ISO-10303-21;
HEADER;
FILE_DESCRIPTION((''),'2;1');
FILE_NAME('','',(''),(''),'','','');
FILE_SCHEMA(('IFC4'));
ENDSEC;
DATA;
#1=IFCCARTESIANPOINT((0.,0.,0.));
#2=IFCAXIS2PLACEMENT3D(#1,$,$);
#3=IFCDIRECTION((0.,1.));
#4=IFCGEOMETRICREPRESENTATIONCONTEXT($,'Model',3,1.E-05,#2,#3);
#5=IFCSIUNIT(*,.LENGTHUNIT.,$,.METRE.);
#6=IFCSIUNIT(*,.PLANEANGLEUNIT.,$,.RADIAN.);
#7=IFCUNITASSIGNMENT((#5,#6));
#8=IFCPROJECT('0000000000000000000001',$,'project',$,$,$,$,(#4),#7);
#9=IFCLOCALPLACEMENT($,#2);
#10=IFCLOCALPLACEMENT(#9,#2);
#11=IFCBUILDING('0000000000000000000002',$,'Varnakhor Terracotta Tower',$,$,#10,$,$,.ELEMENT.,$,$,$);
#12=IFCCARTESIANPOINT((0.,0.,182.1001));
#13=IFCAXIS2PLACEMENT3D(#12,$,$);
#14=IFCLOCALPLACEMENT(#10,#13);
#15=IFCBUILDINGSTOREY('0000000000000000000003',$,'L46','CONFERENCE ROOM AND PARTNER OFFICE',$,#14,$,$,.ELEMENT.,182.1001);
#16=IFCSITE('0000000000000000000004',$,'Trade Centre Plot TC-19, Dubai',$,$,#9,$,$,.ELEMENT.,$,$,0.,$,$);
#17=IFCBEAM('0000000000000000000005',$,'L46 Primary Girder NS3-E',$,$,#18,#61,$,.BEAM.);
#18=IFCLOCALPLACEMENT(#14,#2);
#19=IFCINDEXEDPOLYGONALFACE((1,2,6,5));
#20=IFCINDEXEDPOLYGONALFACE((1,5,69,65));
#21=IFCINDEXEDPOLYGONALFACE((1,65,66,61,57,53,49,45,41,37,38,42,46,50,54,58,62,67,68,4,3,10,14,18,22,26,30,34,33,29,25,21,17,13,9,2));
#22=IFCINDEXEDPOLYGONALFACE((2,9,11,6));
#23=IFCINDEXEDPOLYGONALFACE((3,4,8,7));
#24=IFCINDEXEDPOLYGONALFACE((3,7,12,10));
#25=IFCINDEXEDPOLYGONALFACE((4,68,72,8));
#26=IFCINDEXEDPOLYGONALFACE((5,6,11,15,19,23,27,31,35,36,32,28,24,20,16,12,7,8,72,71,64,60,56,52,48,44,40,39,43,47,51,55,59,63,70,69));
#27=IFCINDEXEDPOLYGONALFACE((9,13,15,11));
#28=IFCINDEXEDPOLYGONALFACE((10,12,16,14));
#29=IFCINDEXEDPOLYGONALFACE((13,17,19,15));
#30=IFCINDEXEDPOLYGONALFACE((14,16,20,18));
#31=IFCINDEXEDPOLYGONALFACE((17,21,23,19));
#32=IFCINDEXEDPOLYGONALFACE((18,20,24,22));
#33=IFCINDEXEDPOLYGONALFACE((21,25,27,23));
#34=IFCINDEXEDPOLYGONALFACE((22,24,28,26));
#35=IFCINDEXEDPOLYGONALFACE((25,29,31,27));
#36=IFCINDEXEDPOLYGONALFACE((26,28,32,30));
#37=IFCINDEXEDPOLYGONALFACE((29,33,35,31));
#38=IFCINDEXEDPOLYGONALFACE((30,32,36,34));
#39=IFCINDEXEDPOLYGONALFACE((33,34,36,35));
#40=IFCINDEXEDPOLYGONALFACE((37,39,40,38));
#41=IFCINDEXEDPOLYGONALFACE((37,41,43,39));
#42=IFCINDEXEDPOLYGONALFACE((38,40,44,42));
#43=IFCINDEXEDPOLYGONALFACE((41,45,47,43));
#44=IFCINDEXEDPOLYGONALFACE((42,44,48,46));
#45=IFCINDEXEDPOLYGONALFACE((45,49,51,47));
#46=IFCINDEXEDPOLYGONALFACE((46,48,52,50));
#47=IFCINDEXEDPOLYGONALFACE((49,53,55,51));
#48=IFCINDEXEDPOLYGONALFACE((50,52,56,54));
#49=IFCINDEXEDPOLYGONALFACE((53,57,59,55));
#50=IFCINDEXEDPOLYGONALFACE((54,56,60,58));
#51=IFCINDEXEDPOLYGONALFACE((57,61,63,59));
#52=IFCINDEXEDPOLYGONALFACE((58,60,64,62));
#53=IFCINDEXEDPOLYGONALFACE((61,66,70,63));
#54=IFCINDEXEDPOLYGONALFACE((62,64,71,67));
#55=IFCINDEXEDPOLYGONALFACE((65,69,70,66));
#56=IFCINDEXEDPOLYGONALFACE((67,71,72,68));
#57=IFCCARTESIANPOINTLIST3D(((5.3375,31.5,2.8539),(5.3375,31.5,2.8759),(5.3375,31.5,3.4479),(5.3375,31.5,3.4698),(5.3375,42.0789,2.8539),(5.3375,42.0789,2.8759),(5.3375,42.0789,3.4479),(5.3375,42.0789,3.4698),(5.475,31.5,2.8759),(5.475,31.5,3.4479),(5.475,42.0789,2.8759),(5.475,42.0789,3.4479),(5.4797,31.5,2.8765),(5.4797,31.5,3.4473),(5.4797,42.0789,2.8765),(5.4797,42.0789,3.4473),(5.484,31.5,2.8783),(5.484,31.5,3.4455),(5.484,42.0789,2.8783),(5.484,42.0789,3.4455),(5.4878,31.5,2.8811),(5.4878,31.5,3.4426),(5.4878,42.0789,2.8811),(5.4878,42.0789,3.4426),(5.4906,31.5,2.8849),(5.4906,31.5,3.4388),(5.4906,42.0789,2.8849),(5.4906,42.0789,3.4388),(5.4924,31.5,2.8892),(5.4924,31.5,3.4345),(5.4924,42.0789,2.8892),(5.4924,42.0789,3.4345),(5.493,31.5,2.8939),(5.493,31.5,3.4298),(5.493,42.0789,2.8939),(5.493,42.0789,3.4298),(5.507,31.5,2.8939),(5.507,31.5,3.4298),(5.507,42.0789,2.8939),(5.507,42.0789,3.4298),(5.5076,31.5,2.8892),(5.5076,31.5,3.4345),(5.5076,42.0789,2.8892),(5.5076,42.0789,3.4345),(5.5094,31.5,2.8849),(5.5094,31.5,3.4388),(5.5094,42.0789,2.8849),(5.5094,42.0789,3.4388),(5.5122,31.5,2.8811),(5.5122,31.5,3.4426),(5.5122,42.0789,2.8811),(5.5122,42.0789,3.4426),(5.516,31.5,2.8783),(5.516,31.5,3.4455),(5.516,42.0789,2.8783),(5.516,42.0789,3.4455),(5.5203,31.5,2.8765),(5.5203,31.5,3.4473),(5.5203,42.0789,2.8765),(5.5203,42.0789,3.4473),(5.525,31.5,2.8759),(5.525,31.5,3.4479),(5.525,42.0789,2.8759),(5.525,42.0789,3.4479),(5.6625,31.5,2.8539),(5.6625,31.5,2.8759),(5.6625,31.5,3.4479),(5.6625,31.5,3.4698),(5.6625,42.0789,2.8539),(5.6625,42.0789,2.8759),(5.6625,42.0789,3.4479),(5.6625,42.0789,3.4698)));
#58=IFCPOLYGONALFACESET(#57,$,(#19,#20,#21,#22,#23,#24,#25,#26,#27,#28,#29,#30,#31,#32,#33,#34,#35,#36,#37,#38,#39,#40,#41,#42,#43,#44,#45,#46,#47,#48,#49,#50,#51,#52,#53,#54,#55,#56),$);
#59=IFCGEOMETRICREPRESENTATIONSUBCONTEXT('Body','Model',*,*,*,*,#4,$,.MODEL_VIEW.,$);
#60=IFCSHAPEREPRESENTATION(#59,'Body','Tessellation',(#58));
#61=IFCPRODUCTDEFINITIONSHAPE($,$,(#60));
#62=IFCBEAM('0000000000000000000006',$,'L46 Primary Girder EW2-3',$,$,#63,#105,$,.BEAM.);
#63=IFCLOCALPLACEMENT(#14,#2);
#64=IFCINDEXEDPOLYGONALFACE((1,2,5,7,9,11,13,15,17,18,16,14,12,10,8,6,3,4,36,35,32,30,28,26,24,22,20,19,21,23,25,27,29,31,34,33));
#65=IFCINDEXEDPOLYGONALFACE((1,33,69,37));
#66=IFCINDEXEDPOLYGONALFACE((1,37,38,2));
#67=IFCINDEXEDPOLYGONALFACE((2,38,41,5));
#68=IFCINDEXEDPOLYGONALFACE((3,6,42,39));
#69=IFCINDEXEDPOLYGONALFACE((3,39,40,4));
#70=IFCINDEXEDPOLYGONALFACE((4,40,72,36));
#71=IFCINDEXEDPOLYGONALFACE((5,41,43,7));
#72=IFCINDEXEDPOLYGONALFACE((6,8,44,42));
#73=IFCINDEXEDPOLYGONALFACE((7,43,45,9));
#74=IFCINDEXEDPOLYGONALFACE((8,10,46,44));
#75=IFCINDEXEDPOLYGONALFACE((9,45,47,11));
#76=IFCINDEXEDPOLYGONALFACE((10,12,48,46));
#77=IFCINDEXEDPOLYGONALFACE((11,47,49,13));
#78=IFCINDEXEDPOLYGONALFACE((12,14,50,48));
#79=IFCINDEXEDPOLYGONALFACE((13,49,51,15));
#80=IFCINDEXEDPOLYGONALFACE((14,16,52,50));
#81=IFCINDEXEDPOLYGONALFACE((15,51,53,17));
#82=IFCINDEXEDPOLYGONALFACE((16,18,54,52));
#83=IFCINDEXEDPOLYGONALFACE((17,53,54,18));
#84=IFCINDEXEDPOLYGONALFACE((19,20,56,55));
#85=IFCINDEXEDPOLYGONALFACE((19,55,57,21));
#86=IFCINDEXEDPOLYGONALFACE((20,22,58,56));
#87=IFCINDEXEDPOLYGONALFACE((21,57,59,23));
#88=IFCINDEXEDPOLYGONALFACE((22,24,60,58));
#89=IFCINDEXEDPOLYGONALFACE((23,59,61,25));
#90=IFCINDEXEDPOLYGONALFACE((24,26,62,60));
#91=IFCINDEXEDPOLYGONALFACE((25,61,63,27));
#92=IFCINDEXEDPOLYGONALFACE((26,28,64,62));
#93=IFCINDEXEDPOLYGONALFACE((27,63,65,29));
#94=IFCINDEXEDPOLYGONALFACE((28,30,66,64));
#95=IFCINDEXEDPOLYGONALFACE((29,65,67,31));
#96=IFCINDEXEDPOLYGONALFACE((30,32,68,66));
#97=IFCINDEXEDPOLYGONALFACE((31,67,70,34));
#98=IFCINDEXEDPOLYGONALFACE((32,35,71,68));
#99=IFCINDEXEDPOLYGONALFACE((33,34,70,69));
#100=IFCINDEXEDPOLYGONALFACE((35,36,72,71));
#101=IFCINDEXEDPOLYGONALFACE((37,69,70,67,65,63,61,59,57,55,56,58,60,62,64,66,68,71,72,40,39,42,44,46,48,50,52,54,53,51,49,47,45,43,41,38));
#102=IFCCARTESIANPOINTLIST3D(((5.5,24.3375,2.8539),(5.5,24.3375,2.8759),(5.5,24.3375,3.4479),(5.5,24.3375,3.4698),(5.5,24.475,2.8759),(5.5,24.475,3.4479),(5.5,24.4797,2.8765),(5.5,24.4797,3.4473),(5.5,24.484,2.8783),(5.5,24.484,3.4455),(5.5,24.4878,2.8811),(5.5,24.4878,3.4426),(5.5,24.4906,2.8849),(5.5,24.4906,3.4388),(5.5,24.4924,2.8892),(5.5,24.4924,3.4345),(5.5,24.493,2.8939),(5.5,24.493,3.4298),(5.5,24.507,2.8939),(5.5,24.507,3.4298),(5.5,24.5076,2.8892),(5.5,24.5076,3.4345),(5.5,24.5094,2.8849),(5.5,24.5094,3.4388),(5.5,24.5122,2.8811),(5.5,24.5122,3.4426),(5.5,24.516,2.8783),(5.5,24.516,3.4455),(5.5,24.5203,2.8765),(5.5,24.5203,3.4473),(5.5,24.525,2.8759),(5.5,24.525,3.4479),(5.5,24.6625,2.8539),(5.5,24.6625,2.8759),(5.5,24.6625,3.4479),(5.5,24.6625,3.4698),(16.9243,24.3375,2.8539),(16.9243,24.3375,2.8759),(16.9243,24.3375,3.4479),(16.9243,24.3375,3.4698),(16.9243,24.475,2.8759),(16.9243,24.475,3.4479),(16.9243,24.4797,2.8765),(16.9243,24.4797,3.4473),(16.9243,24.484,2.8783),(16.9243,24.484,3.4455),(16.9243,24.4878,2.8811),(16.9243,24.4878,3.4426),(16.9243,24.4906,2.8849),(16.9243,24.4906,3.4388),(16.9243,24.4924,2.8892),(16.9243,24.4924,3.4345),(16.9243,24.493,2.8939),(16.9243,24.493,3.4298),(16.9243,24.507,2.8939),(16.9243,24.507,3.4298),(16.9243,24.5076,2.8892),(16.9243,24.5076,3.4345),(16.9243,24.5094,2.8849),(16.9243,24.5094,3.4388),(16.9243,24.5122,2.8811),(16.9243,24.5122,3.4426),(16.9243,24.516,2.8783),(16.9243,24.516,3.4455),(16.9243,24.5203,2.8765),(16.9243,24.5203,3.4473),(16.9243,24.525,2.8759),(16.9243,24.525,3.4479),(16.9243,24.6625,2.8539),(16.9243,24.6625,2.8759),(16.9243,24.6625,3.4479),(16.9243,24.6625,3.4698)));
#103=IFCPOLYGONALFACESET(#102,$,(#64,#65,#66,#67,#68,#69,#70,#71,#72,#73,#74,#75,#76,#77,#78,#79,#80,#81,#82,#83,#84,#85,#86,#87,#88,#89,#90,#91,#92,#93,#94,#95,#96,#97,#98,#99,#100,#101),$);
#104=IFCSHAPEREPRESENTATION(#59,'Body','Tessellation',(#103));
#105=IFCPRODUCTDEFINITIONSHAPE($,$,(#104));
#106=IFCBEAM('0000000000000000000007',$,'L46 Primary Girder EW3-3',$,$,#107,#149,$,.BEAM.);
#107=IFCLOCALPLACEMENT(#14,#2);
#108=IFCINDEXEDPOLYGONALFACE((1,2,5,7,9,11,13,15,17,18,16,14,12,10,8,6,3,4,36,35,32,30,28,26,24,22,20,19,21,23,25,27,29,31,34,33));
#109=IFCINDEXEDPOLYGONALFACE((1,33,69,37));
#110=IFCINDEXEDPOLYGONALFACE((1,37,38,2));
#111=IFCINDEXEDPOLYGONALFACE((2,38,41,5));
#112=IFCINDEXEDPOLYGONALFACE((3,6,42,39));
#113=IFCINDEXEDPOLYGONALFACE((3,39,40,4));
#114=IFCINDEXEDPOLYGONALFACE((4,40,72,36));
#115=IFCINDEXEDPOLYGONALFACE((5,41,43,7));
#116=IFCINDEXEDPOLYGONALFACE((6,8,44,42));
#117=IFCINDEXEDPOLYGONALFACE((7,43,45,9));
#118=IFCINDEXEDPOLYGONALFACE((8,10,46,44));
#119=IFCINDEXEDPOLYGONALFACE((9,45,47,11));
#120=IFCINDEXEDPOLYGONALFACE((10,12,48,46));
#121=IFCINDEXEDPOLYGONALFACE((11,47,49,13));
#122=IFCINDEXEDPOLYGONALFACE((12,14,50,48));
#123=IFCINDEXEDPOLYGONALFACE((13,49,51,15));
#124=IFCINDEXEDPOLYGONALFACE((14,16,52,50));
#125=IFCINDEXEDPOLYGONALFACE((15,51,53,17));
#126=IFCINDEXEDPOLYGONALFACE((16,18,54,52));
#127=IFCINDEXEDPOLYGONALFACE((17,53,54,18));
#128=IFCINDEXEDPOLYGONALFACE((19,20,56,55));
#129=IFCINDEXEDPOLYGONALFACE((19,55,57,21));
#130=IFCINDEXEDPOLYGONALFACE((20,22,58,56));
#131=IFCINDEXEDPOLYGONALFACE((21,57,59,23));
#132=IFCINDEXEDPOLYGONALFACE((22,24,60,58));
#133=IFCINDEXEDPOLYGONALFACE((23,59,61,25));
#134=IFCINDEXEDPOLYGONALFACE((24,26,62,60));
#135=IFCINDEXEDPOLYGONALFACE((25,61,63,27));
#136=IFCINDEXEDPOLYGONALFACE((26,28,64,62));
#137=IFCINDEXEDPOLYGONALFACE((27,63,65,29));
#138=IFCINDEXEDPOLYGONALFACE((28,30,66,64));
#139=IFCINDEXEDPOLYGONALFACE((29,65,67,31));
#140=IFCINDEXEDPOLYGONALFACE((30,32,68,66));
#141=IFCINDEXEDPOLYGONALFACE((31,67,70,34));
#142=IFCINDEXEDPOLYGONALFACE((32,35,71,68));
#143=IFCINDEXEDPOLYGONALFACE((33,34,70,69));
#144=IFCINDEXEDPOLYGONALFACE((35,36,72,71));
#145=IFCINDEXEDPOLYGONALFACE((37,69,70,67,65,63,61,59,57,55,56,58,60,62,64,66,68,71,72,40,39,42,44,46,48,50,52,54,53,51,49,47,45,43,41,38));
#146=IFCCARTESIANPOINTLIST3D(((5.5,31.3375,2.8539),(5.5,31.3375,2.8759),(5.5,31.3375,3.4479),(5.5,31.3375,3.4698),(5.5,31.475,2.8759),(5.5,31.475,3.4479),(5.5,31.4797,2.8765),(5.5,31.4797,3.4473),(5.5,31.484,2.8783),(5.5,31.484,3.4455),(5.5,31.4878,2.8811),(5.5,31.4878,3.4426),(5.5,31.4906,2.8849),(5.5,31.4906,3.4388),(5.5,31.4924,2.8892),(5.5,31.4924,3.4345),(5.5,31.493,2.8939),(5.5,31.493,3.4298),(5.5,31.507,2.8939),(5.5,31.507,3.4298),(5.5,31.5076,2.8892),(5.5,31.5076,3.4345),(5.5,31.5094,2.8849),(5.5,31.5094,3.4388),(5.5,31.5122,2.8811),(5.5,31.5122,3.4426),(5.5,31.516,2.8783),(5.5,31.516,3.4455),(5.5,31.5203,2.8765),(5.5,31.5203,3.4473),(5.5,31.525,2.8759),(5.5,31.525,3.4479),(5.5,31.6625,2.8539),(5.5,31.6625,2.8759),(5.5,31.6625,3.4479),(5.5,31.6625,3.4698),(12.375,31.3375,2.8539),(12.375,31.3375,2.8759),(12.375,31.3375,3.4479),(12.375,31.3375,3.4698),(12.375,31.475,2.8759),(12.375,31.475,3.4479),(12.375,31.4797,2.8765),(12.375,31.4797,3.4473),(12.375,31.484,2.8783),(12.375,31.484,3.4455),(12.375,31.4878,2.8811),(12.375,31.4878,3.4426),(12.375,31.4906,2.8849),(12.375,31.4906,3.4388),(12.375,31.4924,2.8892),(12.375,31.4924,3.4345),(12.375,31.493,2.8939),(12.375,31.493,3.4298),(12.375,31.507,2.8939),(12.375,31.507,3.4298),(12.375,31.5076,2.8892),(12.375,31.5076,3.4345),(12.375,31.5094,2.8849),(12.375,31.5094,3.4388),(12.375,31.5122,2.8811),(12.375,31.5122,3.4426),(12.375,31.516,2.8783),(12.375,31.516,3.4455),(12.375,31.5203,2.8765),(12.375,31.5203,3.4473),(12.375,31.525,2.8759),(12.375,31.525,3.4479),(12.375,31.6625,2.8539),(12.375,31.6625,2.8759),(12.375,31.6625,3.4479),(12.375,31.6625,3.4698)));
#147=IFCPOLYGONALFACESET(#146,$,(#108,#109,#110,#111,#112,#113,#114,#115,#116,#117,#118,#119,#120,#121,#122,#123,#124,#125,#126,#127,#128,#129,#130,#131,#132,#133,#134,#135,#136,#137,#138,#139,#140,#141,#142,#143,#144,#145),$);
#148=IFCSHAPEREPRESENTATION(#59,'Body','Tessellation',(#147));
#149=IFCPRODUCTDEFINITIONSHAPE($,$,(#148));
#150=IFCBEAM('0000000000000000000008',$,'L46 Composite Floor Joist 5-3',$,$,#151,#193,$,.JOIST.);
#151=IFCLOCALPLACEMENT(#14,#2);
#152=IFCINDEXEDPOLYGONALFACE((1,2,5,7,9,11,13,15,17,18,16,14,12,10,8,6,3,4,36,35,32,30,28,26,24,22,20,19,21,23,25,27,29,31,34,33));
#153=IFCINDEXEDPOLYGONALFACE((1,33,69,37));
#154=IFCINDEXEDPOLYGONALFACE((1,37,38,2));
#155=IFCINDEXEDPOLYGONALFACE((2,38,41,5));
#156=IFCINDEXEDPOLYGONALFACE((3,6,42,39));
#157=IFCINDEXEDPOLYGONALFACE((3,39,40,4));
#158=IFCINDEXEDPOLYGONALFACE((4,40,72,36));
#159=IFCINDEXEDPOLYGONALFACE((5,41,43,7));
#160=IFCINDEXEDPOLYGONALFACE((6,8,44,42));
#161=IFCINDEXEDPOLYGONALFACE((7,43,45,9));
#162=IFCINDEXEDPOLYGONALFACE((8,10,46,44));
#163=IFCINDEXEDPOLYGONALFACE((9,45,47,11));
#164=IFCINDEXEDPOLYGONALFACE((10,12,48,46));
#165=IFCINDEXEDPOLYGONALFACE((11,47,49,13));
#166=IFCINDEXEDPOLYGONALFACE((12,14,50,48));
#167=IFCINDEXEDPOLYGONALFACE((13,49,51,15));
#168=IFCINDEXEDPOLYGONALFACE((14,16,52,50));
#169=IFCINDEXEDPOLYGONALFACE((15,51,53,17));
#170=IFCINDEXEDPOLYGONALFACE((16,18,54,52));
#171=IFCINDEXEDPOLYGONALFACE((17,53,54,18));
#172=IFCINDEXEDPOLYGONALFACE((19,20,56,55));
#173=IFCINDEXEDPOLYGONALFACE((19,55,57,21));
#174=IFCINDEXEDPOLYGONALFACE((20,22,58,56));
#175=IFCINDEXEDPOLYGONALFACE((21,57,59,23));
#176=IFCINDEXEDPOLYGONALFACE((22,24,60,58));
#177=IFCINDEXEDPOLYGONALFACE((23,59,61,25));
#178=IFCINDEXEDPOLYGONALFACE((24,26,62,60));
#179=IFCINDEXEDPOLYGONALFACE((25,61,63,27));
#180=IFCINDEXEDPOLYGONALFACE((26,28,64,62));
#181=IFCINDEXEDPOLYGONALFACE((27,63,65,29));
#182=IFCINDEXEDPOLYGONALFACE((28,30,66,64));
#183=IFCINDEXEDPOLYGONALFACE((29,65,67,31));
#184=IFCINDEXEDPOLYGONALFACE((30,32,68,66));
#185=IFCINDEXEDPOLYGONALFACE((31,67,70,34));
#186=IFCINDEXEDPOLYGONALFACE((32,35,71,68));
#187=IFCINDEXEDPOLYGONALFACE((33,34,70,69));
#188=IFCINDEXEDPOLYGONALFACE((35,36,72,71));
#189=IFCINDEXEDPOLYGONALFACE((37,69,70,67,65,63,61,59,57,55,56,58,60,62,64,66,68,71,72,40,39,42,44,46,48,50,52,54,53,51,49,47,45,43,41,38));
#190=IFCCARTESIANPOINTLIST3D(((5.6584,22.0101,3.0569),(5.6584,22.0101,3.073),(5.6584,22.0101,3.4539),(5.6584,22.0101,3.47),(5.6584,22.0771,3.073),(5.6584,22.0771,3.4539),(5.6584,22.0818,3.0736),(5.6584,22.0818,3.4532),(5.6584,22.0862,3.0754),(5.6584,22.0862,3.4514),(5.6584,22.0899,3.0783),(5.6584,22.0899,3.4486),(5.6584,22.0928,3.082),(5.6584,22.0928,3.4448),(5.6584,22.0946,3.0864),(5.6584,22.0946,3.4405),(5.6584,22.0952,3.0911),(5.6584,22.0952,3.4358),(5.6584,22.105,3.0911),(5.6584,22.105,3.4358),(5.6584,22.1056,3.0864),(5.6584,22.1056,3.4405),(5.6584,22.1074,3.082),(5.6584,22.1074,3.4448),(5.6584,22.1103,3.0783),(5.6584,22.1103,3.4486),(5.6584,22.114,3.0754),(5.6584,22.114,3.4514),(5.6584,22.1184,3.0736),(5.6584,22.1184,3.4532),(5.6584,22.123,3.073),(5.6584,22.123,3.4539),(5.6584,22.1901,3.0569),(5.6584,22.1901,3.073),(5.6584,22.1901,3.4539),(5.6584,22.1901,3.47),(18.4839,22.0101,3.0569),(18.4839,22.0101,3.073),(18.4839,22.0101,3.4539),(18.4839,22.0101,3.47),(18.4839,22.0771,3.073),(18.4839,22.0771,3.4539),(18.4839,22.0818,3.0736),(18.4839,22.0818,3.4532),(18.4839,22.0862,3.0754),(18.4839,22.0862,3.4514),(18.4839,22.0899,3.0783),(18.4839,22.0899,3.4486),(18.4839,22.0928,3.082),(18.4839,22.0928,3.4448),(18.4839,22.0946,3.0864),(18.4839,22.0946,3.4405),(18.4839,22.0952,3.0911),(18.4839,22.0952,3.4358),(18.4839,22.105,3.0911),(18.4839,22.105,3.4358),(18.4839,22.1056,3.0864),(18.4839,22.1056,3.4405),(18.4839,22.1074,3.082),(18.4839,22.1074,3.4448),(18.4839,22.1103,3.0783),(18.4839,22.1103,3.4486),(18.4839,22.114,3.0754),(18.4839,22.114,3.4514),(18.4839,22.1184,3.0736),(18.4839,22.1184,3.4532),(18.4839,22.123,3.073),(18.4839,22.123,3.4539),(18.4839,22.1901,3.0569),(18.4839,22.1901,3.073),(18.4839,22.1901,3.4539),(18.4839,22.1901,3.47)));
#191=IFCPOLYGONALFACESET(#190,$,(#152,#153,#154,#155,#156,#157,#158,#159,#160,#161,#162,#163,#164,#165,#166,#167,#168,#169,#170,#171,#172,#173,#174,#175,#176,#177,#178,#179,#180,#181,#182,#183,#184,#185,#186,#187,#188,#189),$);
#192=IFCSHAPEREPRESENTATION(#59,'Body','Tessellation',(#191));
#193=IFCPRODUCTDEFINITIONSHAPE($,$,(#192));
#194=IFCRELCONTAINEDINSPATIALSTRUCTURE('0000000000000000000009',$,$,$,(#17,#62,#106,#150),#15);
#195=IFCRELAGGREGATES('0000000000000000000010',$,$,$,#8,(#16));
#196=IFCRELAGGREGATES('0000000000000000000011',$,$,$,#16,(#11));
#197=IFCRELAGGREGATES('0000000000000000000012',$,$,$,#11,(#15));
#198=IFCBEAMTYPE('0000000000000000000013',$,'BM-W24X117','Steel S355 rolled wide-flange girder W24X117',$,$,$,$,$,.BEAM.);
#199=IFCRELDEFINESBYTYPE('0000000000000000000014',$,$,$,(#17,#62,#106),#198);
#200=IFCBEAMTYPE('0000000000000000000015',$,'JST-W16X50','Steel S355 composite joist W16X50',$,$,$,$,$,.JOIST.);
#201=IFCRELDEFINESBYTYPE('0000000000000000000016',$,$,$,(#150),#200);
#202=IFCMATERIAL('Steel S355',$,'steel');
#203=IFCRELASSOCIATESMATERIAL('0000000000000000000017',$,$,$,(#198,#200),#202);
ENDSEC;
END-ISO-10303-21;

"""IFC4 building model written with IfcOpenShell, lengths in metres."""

from ifc_helpers import new_model, si_unit, direction, frame, origin, origin_2d, place, context, subcontext, project, spatial, i_section, extrude, source, transform, mapped, material, material_profile, profile_set, type_object, element, save


model = new_model("IFC4")

# Units and contexts
model_context = context("Model", 3, precision=1e-05, world=origin(), true_north=direction((0.0, 1.0)))
body_context = subcontext(model_context, "Body", "Model", "MODEL_VIEW")
ifc_project = project(units=[si_unit("LENGTHUNIT", "METRE"), si_unit("PLANEANGLEUNIT", "RADIAN")], contexts=[model_context])

# Site, building, storey
site_placement = place(None, origin())
site = spatial("IfcSite", under=ifc_project, at=site_placement, Name="Trade Centre Plot TC-19, Dubai", CompositionType="ELEMENT", RefElevation=0.0)
building_placement = place(site_placement, origin())
building = spatial("IfcBuilding", under=site, at=building_placement, Name="Varnakhor Terracotta Tower", CompositionType="ELEMENT")
storey_placement = place(building_placement, frame((0.0, 0.0, 182.1001)))
storey = spatial("IfcBuildingStorey", under=building, at=storey_placement, Name="L46", Description="CONFERENCE ROOM AND PARTNER OFFICE", CompositionType="ELEMENT", Elevation=182.1001)

# Beams
ifc_material_1 = material(Name="Steel S355", Category="steel")
ifc_material_profile_1 = material_profile(ifc_material_1, i_section(OverallWidth=0.325, OverallDepth=0.616, WebThickness=0.0139, FlangeThickness=0.022, FilletRadius=0.0181, at=origin_2d()), Name="W24X117")
ifc_profile_set_1 = profile_set([ifc_material_profile_1], Name="Steel S355")
beam_type_1 = type_object("IfcBeamType", Name="BM-W24X117", Description="Steel S355 rolled wide-flange girder W24X117", PredefinedType="BEAM", material=ifc_profile_set_1)
shared_shape_1 = source(origin(), body_context, "Body", "SweptSolid", [
    extrude(i_section(OverallWidth=0.325, OverallDepth=0.616, WebThickness=0.0139, FlangeThickness=0.022, FilletRadius=0.0181, at=origin_2d()), origin(), (0.0, 0.0, 1.0), 10.5789),
])
beam_1_placement = place(storey_placement, frame((5.5, 31.5, 3.1619), z_axis=(0.0, 1.0, 0.0), x_axis=(-1.0, 0.0, 0.0)))
element("IfcBeam", 1, at=beam_1_placement, inside=storey, type_object=beam_type_1, Name="L46 Primary Girder NS3-E", PredefinedType="BEAM", context=body_context, shape_type="MappedRepresentation", body=[
    mapped(shared_shape_1, transform((0.0, 0.0, 0.0), scale=1.0)),
])
shared_shape_2 = source(origin(), body_context, "Body", "SweptSolid", [
    extrude(i_section(OverallWidth=0.325, OverallDepth=0.616, WebThickness=0.0139, FlangeThickness=0.022, FilletRadius=0.0181, at=origin_2d()), origin(), (0.0, 0.0, 1.0), 11.4243),
])
beam_2_placement = place(storey_placement, frame((5.5, 24.5, 3.1619), z_axis=(1.0, 0.0, 0.0), x_axis=(0.0, 1.0, 0.0)))
element("IfcBeam", 2, at=beam_2_placement, inside=storey, type_object=beam_type_1, Name="L46 Primary Girder EW2-3", PredefinedType="BEAM", context=body_context, shape_type="MappedRepresentation", body=[
    mapped(shared_shape_2, transform((0.0, 0.0, 0.0), scale=1.0)),
])
shared_shape_3 = source(origin(), body_context, "Body", "SweptSolid", [
    extrude(i_section(OverallWidth=0.325, OverallDepth=0.616, WebThickness=0.0139, FlangeThickness=0.022, FilletRadius=0.0181, at=origin_2d()), origin(), (0.0, 0.0, 1.0), 6.875),
])
beam_3_placement = place(storey_placement, frame((5.5, 31.5, 3.1619), z_axis=(1.0, 0.0, 0.0), x_axis=(0.0, 1.0, 0.0)))
element("IfcBeam", 3, at=beam_3_placement, inside=storey, type_object=beam_type_1, Name="L46 Primary Girder EW3-3", PredefinedType="BEAM", context=body_context, shape_type="MappedRepresentation", body=[
    mapped(shared_shape_3, transform((0.0, 0.0, 0.0), scale=1.0)),
])
ifc_material_profile_2 = material_profile(ifc_material_1, i_section(OverallWidth=0.1799, OverallDepth=0.4131, WebThickness=0.0098, FlangeThickness=0.0161, FilletRadius=0.0181, at=origin_2d()), Name="W16X50")
ifc_profile_set_2 = profile_set([ifc_material_profile_2], Name="Steel S355")
beam_type_2 = type_object("IfcBeamType", Name="JST-W16X50", Description="Steel S355 composite joist W16X50", PredefinedType="JOIST", material=ifc_profile_set_2)
shared_shape_4 = source(origin(), body_context, "Body", "SweptSolid", [
    extrude(i_section(OverallWidth=0.1799, OverallDepth=0.4131, WebThickness=0.0098, FlangeThickness=0.0161, FilletRadius=0.0181, at=origin_2d()), origin(), (0.0, 0.0, 1.0), 12.8254),
])
beam_4_placement = place(storey_placement, frame((5.6584, 22.1001, 3.2634), z_axis=(1.0, 0.0, 0.0), x_axis=(0.0, 1.0, 0.0)))
element("IfcBeam", 4, at=beam_4_placement, inside=storey, type_object=beam_type_2, Name="L46 Composite Floor Joist 5-3", PredefinedType="JOIST", context=body_context, shape_type="MappedRepresentation", body=[
    mapped(shared_shape_4, transform((0.0, 0.0, 0.0), scale=1.0)),
])

save(model, "model.ifc")
